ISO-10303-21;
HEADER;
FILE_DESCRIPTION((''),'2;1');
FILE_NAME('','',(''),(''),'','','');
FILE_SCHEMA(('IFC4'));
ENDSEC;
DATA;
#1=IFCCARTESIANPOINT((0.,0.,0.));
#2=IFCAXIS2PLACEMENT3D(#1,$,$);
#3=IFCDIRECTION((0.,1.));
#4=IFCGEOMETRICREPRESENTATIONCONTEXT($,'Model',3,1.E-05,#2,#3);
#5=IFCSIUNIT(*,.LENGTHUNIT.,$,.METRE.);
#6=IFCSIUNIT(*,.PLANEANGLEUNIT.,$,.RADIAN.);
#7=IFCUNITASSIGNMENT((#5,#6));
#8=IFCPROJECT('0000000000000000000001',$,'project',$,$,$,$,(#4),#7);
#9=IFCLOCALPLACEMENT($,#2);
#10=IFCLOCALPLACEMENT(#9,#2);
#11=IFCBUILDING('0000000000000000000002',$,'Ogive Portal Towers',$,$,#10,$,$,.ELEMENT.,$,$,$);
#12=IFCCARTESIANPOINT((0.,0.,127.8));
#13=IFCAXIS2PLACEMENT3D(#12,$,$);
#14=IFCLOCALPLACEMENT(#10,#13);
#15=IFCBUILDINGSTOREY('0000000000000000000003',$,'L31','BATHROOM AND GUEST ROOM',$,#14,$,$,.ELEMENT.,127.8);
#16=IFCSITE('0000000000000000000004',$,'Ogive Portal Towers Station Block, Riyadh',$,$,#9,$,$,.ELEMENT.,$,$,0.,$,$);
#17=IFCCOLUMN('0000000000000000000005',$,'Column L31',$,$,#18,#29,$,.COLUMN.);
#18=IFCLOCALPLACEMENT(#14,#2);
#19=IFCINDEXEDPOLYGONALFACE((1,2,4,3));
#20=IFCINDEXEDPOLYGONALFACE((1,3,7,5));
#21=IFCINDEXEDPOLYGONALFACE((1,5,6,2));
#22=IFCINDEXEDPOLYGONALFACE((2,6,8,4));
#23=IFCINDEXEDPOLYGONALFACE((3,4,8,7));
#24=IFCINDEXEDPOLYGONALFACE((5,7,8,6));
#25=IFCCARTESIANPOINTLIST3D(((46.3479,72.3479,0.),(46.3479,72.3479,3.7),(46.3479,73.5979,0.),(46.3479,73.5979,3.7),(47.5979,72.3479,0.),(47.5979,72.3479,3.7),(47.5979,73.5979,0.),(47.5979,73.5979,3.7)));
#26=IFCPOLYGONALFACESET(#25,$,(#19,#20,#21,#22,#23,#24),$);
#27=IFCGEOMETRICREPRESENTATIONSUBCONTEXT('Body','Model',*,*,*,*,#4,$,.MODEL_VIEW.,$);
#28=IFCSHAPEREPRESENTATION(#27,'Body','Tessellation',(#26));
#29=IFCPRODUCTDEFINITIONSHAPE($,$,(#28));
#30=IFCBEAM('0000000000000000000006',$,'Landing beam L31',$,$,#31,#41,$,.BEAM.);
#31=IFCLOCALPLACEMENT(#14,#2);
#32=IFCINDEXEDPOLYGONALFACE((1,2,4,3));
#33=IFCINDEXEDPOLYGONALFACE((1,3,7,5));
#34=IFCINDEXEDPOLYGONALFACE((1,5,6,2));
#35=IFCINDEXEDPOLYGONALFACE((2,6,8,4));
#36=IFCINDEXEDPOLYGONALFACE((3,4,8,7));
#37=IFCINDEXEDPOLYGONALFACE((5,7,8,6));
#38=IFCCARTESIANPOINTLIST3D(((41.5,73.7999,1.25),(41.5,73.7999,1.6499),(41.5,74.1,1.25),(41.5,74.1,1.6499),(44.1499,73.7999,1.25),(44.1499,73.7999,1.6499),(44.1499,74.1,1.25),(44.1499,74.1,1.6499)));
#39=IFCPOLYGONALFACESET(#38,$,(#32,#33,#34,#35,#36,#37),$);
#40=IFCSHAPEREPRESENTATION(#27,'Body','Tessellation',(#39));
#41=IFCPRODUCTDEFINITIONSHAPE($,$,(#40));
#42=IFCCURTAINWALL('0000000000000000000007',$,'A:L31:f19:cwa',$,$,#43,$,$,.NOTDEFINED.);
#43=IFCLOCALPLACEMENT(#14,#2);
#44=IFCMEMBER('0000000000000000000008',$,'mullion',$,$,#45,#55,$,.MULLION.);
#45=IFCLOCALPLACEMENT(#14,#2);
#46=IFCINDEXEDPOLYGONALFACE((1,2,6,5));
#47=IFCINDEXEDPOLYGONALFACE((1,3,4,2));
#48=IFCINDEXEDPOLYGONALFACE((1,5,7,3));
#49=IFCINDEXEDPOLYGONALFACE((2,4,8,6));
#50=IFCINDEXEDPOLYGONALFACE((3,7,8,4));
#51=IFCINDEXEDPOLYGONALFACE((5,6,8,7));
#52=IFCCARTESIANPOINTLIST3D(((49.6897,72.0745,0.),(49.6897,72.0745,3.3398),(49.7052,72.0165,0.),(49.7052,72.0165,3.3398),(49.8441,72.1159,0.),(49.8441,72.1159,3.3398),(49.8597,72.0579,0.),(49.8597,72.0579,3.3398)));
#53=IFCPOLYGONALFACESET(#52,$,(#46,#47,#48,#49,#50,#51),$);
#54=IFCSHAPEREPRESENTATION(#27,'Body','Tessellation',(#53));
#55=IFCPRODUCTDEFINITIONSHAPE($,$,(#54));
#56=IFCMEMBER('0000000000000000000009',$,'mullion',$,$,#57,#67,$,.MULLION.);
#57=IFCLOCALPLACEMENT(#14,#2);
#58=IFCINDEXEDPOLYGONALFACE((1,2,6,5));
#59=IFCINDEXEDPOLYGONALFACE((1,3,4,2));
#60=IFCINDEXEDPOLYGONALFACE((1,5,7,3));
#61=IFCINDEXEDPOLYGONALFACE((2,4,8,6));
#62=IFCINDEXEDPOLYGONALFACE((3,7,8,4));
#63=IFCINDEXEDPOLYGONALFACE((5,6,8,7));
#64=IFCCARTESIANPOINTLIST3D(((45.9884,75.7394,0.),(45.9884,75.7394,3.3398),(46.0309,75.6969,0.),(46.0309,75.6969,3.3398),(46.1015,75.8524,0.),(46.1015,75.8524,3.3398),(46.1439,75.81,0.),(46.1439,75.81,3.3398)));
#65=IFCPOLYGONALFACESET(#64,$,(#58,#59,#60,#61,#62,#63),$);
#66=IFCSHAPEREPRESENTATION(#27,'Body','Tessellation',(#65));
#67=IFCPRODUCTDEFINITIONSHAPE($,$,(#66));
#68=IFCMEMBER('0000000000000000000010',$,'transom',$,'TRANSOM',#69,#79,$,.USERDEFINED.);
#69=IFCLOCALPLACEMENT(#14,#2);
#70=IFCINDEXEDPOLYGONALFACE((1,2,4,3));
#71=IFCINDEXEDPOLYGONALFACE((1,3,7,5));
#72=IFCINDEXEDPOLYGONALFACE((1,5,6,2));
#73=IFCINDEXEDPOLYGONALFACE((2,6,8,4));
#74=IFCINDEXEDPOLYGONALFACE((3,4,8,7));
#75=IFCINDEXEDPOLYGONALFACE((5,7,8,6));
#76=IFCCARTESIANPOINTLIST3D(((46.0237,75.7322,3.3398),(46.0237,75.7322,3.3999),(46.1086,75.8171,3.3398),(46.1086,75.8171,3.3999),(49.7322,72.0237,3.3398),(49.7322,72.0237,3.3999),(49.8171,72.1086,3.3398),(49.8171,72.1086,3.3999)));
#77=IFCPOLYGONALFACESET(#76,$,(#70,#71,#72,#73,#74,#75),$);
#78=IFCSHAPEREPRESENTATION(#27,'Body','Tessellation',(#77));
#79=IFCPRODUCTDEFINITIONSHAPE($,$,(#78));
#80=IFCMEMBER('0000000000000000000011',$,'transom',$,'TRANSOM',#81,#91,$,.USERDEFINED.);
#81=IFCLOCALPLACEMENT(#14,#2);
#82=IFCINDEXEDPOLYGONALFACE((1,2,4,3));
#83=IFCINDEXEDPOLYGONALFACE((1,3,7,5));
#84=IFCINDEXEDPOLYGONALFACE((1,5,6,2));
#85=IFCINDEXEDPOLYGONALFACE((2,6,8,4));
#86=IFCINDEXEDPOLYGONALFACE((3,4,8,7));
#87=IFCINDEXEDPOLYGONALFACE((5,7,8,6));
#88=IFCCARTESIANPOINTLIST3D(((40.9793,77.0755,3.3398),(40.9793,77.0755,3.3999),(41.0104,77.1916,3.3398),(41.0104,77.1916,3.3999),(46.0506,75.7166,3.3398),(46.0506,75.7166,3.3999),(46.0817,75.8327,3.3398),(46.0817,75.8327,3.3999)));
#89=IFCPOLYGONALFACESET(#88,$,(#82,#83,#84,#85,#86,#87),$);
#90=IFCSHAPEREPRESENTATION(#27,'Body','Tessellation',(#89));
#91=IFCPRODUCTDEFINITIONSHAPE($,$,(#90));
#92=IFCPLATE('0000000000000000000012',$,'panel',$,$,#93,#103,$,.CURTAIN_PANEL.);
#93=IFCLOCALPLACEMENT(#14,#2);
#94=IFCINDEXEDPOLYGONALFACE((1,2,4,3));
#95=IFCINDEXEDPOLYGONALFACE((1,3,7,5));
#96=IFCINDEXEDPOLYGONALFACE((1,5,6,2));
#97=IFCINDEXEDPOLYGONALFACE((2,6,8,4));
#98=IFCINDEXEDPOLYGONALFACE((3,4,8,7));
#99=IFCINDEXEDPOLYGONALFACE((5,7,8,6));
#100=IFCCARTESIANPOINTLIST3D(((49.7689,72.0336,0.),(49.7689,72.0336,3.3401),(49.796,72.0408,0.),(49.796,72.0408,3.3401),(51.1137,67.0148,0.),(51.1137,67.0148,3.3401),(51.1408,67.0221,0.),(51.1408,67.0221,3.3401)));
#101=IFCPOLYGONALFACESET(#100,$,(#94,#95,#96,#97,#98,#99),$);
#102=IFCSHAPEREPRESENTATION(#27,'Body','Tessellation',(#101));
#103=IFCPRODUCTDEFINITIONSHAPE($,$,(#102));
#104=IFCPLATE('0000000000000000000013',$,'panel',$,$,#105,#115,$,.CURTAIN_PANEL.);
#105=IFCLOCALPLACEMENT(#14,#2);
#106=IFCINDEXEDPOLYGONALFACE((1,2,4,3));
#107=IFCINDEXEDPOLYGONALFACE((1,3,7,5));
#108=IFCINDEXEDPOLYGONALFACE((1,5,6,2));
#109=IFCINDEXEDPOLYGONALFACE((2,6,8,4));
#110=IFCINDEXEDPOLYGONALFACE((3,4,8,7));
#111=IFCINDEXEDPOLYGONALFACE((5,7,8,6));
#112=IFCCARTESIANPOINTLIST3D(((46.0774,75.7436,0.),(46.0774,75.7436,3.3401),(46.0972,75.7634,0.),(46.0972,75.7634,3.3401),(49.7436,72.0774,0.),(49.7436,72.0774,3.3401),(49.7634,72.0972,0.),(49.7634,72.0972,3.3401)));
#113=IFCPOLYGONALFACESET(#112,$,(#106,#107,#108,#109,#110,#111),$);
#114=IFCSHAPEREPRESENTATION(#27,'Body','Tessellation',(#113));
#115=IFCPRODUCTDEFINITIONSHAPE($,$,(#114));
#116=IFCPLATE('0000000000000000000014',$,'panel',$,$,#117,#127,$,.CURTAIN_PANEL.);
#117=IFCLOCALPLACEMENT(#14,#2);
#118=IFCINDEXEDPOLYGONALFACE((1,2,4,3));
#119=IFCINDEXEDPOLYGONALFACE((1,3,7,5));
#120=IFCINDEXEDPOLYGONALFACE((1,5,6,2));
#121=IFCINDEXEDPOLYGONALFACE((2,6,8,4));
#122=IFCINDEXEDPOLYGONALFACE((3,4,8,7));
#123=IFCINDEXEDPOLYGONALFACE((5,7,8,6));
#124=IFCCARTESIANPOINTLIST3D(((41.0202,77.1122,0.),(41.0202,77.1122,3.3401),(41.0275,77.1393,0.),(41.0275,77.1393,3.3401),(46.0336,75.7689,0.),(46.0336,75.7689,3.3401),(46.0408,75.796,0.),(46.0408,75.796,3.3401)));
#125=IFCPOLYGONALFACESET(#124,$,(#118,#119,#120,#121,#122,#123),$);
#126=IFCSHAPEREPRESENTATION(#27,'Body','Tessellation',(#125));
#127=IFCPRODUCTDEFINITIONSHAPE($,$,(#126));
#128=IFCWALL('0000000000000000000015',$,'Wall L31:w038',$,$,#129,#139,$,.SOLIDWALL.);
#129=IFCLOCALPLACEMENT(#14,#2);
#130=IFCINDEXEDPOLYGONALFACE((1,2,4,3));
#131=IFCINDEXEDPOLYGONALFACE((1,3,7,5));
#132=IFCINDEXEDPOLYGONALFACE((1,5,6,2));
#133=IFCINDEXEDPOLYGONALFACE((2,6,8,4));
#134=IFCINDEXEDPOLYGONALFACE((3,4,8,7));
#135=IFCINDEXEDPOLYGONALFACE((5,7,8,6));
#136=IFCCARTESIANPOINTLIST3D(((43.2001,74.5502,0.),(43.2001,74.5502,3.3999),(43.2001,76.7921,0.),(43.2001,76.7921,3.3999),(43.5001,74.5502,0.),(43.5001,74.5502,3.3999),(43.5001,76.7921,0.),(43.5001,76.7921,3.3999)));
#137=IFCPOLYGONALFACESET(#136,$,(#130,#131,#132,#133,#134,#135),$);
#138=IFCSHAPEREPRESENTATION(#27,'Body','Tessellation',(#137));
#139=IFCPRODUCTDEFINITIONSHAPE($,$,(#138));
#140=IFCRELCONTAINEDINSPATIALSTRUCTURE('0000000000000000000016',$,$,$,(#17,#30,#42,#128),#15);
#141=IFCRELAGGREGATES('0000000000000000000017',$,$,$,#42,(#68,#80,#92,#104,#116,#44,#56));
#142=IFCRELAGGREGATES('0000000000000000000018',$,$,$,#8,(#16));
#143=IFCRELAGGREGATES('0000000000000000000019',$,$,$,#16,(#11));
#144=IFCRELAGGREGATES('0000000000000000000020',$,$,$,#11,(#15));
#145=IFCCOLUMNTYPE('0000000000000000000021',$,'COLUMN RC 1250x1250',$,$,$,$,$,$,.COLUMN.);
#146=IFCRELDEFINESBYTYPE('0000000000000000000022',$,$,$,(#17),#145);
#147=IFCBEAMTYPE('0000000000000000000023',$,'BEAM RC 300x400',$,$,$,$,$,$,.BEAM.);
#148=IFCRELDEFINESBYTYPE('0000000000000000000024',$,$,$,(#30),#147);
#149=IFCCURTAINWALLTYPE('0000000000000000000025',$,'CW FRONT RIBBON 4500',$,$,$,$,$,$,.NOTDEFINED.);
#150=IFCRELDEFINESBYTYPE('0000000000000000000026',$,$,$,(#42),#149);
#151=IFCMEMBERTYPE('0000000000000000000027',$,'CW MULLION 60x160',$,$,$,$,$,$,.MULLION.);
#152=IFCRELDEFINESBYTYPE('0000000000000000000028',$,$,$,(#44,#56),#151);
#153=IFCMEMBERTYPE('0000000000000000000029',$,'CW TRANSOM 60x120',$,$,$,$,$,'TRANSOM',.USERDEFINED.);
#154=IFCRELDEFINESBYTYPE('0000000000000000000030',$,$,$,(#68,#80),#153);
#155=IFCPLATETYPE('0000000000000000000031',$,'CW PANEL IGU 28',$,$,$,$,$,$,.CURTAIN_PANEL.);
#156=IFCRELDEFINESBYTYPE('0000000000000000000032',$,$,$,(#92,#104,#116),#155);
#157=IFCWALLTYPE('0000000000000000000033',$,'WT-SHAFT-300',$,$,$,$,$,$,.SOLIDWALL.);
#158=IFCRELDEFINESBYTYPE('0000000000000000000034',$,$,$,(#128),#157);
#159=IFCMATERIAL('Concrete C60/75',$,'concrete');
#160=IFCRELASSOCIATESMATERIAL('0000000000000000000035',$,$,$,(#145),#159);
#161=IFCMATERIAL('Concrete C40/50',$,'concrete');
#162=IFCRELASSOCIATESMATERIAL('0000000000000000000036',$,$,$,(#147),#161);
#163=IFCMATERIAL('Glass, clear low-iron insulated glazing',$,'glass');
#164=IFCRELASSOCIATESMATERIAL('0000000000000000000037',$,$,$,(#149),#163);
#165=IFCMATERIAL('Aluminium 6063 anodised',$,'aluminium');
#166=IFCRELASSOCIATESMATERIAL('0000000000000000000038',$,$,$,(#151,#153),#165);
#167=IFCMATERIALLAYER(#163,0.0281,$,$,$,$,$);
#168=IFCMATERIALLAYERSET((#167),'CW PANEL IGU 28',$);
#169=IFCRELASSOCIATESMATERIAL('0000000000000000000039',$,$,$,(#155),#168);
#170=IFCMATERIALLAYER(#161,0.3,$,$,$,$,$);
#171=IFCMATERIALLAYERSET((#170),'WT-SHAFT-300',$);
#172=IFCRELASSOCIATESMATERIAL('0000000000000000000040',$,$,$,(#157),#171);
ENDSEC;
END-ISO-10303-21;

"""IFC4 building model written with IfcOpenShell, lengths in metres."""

from ifc_helpers import new_model, si_unit, direction, frame, frame_2d, origin, origin_2d, place, context, subcontext, project, spatial, rectangle, extrude, material, layer, layer_set, material_profile, profile_set, type_object, element, aggregate, save


model = new_model("IFC4")

# Units and contexts
model_context = context("Model", 3, precision=1e-05, world=origin(), true_north=direction((0.0, 1.0)))
body_context = subcontext(model_context, "Body", "Model", "MODEL_VIEW")
ifc_project = project(units=[si_unit("LENGTHUNIT", "METRE"), si_unit("PLANEANGLEUNIT", "RADIAN")], contexts=[model_context])

# Site, building, storey
site_placement = place(None, origin())
site = spatial("IfcSite", under=ifc_project, at=site_placement, Name="Ogive Portal Towers Station Block, Riyadh", CompositionType="ELEMENT", RefElevation=0.0)
building_placement = place(site_placement, origin())
building = spatial("IfcBuilding", under=site, at=building_placement, Name="Ogive Portal Towers", CompositionType="ELEMENT")
storey_placement = place(building_placement, frame((0.0, 0.0, 127.8)))
storey = spatial("IfcBuildingStorey", under=building, at=storey_placement, Name="L31", Description="BATHROOM AND GUEST ROOM", CompositionType="ELEMENT", Elevation=127.8)

# Column
ifc_material_1 = material(Name="Concrete C60/75", Category="concrete")
ifc_material_profile_1 = material_profile(ifc_material_1, rectangle(XDim=1.25, YDim=1.25, at=origin_2d()), Name="RC 1250x1250")
ifc_profile_set_1 = profile_set([ifc_material_profile_1], Name="Concrete C60/75")
column_type = type_object("IfcColumnType", Name="COLUMN RC 1250x1250", PredefinedType="COLUMN", material=ifc_profile_set_1)
column_placement = place(storey_placement, frame((46.9729, 72.9729, 0.0), z_axis=(0.0, 0.0, 1.0), x_axis=(1.0, 0.0, 0.0)))
element("IfcColumn", 1, at=column_placement, inside=storey, type_object=column_type, Name="Column L31", PredefinedType="COLUMN", context=body_context, shape_type="SweptSolid", body=[
    extrude(rectangle(XDim=1.25, YDim=1.25, at=origin_2d()), origin(), (0.0, 0.0, 1.0), 3.7),
])

# Beam
ifc_material_2 = material(Name="Concrete C40/50", Category="concrete")
ifc_material_profile_2 = material_profile(ifc_material_2, rectangle(XDim=0.3, YDim=0.3999, at=origin_2d()), Name="RC 300x400")
ifc_profile_set_2 = profile_set([ifc_material_profile_2], Name="Concrete C40/50")
beam_type = type_object("IfcBeamType", Name="BEAM RC 300x400", PredefinedType="BEAM", material=ifc_profile_set_2)
beam_placement = place(storey_placement, frame((41.5, 73.95, 1.45), z_axis=(1.0, 0.0, 0.0), x_axis=(0.0, 1.0, 0.0)))
element("IfcBeam", 2, at=beam_placement, inside=storey, type_object=beam_type, Name="Landing beam L31", PredefinedType="BEAM", context=body_context, shape_type="SweptSolid", body=[
    extrude(rectangle(XDim=0.3, YDim=0.3999, at=origin_2d()), origin(), (0.0, 0.0, 1.0), 2.6499),
])

# Curtain wall, members, plates
ifc_material_3 = material(Name="Glass, clear low-iron insulated glazing", Category="glass")
curtain_wall_type = type_object("IfcCurtainWallType", Name="CW FRONT RIBBON 4500", PredefinedType="NOTDEFINED", material=ifc_material_3)
curtain_wall_placement = place(storey_placement, origin())
curtain_wall = element("IfcCurtainWall", 3, at=curtain_wall_placement, inside=storey, type_object=curtain_wall_type, Name="A:L31:f19:cwa", PredefinedType="NOTDEFINED")
ifc_material_4 = material(Name="Aluminium 6063 anodised", Category="aluminium")
ifc_material_profile_3 = material_profile(ifc_material_4, rectangle(XDim=0.1599, YDim=0.0601, at=origin_2d()), Name="AL 60x160")
ifc_profile_set_3 = profile_set([ifc_material_profile_3], Name="Aluminium 6063 anodised")
member_type_1 = type_object("IfcMemberType", Name="CW MULLION 60x160", PredefinedType="MULLION", material=ifc_profile_set_3)
member_1_placement = place(storey_placement, frame((49.7747, 72.0662, 0.0), z_axis=(0.0, 0.0, 1.0), x_axis=(-0.965926, -0.258819, 0.0)))
member_1 = element("IfcMember", 4, at=member_1_placement, type_object=member_type_1, Name="mullion", PredefinedType="MULLION", context=body_context, shape_type="SweptSolid", body=[
    extrude(rectangle(XDim=0.1599, YDim=0.0601, at=origin_2d()), origin(), (0.0, 0.0, 1.0), 3.3398),
])
member_2_placement = place(storey_placement, frame((46.0662, 75.7747, 0.0), z_axis=(0.0, 0.0, 1.0), x_axis=(-0.707107, -0.707107, 0.0)))
member_2 = element("IfcMember", 5, at=member_2_placement, type_object=member_type_1, Name="mullion", PredefinedType="MULLION", context=body_context, shape_type="SweptSolid", body=[
    extrude(rectangle(XDim=0.1599, YDim=0.0601, at=origin_2d()), origin(), (0.0, 0.0, 1.0), 3.3398),
])
ifc_material_profile_4 = material_profile(ifc_material_4, rectangle(XDim=0.1201, YDim=0.0601, at=origin_2d()), Name="AL 120x60")
ifc_profile_set_4 = profile_set([ifc_material_profile_4], Name="Aluminium 6063 anodised")
member_type_2 = type_object("IfcMemberType", Name="CW TRANSOM 60x120", ElementType="TRANSOM", PredefinedType="USERDEFINED", material=ifc_profile_set_4)
member_3_placement = place(storey_placement, frame((49.7747, 72.0662, 3.3699), z_axis=(-0.707107, 0.707107, 0.0), x_axis=(-0.707107, -0.707107, 0.0)))
member_3 = element("IfcMember", 6, at=member_3_placement, type_object=member_type_2, Name="transom", ObjectType="TRANSOM", PredefinedType="USERDEFINED", context=body_context, shape_type="SweptSolid", body=[
    extrude(rectangle(XDim=0.1201, YDim=0.0601, at=origin_2d()), origin(), (0.0, 0.0, 1.0), 5.2446),
])
member_4_placement = place(storey_placement, frame((46.0662, 75.7747, 3.3699), z_axis=(-0.965924, 0.258826, 0.0), x_axis=(-0.258826, -0.965924, 0.0)))
member_4 = element("IfcMember", 7, at=member_4_placement, type_object=member_type_2, Name="transom", ObjectType="TRANSOM", PredefinedType="USERDEFINED", context=body_context, shape_type="SweptSolid", body=[
    extrude(rectangle(XDim=0.1201, YDim=0.0601, at=origin_2d()), origin(), (0.0, 0.0, 1.0), 5.2502),
])
ifc_layer_1 = layer(ifc_material_3, 0.0281)
ifc_layer_set_1 = layer_set([ifc_layer_1], Name="CW PANEL IGU 28")
plate_type = type_object("IfcPlateType", Name="CW PANEL IGU 28", PredefinedType="CURTAIN_PANEL", material=ifc_layer_set_1)
plate_1_placement = place(storey_placement, frame((50.4548, 69.5278, 0.0), z_axis=(0.0, 0.0, 1.0), x_axis=(-0.258819, 0.965926, 0.0)))
plate_1 = element("IfcPlate", 8, at=plate_1_placement, type_object=plate_type, Name="panel", PredefinedType="CURTAIN_PANEL", context=body_context, shape_type="SweptSolid", body=[
    extrude(rectangle(XDim=5.1958, YDim=0.0281, at=origin_2d()), origin(), (0.0, 0.0, 1.0), 3.3401),
])
plate_2_placement = place(storey_placement, frame((47.9204, 73.9204, 0.0), z_axis=(0.0, 0.0, 1.0), x_axis=(-0.707107, 0.707107, 0.0)))
plate_2 = element("IfcPlate", 9, at=plate_2_placement, type_object=plate_type, Name="panel", PredefinedType="CURTAIN_PANEL", context=body_context, shape_type="SweptSolid", body=[
    extrude(rectangle(XDim=5.1848, YDim=0.0281, at=origin_2d()), origin(), (0.0, 0.0, 1.0), 3.3401),
])
plate_3_placement = place(storey_placement, frame((43.5305, 76.4541, 0.0), z_axis=(0.0, 0.0, 1.0), x_axis=(-0.965926, 0.258819, 0.0)))
plate_3 = element("IfcPlate", 10, at=plate_3_placement, type_object=plate_type, Name="panel", PredefinedType="CURTAIN_PANEL", context=body_context, shape_type="SweptSolid", body=[
    extrude(rectangle(XDim=5.1902, YDim=0.0281, at=origin_2d()), origin(), (0.0, 0.0, 1.0), 3.3401),
])
aggregate(curtain_wall, [member_3, member_4, plate_1, plate_2, plate_3, member_1, member_2])

# Wall
ifc_layer_2 = layer(ifc_material_2, 0.3)
ifc_layer_set_2 = layer_set([ifc_layer_2], Name="WT-SHAFT-300")
wall_type = type_object("IfcWallType", Name="WT-SHAFT-300", PredefinedType="SOLIDWALL", material=ifc_layer_set_2)
wall_placement = place(storey_placement, frame((43.3501, 74.55, 0.0), z_axis=(0.0, 0.0, 1.0), x_axis=(0.0, 1.0, 0.0)))
element("IfcWall", 11, at=wall_placement, inside=storey, type_object=wall_type, Name="Wall L31:w038", PredefinedType="SOLIDWALL", context=body_context, shape_type="SweptSolid", body=[
    extrude(rectangle(XDim=2.2419, YDim=0.3, at=frame_2d((1.1211, 0.0))), origin(), (0.0, 0.0, 1.0), 3.3999),
])

save(model, "model.ifc")
